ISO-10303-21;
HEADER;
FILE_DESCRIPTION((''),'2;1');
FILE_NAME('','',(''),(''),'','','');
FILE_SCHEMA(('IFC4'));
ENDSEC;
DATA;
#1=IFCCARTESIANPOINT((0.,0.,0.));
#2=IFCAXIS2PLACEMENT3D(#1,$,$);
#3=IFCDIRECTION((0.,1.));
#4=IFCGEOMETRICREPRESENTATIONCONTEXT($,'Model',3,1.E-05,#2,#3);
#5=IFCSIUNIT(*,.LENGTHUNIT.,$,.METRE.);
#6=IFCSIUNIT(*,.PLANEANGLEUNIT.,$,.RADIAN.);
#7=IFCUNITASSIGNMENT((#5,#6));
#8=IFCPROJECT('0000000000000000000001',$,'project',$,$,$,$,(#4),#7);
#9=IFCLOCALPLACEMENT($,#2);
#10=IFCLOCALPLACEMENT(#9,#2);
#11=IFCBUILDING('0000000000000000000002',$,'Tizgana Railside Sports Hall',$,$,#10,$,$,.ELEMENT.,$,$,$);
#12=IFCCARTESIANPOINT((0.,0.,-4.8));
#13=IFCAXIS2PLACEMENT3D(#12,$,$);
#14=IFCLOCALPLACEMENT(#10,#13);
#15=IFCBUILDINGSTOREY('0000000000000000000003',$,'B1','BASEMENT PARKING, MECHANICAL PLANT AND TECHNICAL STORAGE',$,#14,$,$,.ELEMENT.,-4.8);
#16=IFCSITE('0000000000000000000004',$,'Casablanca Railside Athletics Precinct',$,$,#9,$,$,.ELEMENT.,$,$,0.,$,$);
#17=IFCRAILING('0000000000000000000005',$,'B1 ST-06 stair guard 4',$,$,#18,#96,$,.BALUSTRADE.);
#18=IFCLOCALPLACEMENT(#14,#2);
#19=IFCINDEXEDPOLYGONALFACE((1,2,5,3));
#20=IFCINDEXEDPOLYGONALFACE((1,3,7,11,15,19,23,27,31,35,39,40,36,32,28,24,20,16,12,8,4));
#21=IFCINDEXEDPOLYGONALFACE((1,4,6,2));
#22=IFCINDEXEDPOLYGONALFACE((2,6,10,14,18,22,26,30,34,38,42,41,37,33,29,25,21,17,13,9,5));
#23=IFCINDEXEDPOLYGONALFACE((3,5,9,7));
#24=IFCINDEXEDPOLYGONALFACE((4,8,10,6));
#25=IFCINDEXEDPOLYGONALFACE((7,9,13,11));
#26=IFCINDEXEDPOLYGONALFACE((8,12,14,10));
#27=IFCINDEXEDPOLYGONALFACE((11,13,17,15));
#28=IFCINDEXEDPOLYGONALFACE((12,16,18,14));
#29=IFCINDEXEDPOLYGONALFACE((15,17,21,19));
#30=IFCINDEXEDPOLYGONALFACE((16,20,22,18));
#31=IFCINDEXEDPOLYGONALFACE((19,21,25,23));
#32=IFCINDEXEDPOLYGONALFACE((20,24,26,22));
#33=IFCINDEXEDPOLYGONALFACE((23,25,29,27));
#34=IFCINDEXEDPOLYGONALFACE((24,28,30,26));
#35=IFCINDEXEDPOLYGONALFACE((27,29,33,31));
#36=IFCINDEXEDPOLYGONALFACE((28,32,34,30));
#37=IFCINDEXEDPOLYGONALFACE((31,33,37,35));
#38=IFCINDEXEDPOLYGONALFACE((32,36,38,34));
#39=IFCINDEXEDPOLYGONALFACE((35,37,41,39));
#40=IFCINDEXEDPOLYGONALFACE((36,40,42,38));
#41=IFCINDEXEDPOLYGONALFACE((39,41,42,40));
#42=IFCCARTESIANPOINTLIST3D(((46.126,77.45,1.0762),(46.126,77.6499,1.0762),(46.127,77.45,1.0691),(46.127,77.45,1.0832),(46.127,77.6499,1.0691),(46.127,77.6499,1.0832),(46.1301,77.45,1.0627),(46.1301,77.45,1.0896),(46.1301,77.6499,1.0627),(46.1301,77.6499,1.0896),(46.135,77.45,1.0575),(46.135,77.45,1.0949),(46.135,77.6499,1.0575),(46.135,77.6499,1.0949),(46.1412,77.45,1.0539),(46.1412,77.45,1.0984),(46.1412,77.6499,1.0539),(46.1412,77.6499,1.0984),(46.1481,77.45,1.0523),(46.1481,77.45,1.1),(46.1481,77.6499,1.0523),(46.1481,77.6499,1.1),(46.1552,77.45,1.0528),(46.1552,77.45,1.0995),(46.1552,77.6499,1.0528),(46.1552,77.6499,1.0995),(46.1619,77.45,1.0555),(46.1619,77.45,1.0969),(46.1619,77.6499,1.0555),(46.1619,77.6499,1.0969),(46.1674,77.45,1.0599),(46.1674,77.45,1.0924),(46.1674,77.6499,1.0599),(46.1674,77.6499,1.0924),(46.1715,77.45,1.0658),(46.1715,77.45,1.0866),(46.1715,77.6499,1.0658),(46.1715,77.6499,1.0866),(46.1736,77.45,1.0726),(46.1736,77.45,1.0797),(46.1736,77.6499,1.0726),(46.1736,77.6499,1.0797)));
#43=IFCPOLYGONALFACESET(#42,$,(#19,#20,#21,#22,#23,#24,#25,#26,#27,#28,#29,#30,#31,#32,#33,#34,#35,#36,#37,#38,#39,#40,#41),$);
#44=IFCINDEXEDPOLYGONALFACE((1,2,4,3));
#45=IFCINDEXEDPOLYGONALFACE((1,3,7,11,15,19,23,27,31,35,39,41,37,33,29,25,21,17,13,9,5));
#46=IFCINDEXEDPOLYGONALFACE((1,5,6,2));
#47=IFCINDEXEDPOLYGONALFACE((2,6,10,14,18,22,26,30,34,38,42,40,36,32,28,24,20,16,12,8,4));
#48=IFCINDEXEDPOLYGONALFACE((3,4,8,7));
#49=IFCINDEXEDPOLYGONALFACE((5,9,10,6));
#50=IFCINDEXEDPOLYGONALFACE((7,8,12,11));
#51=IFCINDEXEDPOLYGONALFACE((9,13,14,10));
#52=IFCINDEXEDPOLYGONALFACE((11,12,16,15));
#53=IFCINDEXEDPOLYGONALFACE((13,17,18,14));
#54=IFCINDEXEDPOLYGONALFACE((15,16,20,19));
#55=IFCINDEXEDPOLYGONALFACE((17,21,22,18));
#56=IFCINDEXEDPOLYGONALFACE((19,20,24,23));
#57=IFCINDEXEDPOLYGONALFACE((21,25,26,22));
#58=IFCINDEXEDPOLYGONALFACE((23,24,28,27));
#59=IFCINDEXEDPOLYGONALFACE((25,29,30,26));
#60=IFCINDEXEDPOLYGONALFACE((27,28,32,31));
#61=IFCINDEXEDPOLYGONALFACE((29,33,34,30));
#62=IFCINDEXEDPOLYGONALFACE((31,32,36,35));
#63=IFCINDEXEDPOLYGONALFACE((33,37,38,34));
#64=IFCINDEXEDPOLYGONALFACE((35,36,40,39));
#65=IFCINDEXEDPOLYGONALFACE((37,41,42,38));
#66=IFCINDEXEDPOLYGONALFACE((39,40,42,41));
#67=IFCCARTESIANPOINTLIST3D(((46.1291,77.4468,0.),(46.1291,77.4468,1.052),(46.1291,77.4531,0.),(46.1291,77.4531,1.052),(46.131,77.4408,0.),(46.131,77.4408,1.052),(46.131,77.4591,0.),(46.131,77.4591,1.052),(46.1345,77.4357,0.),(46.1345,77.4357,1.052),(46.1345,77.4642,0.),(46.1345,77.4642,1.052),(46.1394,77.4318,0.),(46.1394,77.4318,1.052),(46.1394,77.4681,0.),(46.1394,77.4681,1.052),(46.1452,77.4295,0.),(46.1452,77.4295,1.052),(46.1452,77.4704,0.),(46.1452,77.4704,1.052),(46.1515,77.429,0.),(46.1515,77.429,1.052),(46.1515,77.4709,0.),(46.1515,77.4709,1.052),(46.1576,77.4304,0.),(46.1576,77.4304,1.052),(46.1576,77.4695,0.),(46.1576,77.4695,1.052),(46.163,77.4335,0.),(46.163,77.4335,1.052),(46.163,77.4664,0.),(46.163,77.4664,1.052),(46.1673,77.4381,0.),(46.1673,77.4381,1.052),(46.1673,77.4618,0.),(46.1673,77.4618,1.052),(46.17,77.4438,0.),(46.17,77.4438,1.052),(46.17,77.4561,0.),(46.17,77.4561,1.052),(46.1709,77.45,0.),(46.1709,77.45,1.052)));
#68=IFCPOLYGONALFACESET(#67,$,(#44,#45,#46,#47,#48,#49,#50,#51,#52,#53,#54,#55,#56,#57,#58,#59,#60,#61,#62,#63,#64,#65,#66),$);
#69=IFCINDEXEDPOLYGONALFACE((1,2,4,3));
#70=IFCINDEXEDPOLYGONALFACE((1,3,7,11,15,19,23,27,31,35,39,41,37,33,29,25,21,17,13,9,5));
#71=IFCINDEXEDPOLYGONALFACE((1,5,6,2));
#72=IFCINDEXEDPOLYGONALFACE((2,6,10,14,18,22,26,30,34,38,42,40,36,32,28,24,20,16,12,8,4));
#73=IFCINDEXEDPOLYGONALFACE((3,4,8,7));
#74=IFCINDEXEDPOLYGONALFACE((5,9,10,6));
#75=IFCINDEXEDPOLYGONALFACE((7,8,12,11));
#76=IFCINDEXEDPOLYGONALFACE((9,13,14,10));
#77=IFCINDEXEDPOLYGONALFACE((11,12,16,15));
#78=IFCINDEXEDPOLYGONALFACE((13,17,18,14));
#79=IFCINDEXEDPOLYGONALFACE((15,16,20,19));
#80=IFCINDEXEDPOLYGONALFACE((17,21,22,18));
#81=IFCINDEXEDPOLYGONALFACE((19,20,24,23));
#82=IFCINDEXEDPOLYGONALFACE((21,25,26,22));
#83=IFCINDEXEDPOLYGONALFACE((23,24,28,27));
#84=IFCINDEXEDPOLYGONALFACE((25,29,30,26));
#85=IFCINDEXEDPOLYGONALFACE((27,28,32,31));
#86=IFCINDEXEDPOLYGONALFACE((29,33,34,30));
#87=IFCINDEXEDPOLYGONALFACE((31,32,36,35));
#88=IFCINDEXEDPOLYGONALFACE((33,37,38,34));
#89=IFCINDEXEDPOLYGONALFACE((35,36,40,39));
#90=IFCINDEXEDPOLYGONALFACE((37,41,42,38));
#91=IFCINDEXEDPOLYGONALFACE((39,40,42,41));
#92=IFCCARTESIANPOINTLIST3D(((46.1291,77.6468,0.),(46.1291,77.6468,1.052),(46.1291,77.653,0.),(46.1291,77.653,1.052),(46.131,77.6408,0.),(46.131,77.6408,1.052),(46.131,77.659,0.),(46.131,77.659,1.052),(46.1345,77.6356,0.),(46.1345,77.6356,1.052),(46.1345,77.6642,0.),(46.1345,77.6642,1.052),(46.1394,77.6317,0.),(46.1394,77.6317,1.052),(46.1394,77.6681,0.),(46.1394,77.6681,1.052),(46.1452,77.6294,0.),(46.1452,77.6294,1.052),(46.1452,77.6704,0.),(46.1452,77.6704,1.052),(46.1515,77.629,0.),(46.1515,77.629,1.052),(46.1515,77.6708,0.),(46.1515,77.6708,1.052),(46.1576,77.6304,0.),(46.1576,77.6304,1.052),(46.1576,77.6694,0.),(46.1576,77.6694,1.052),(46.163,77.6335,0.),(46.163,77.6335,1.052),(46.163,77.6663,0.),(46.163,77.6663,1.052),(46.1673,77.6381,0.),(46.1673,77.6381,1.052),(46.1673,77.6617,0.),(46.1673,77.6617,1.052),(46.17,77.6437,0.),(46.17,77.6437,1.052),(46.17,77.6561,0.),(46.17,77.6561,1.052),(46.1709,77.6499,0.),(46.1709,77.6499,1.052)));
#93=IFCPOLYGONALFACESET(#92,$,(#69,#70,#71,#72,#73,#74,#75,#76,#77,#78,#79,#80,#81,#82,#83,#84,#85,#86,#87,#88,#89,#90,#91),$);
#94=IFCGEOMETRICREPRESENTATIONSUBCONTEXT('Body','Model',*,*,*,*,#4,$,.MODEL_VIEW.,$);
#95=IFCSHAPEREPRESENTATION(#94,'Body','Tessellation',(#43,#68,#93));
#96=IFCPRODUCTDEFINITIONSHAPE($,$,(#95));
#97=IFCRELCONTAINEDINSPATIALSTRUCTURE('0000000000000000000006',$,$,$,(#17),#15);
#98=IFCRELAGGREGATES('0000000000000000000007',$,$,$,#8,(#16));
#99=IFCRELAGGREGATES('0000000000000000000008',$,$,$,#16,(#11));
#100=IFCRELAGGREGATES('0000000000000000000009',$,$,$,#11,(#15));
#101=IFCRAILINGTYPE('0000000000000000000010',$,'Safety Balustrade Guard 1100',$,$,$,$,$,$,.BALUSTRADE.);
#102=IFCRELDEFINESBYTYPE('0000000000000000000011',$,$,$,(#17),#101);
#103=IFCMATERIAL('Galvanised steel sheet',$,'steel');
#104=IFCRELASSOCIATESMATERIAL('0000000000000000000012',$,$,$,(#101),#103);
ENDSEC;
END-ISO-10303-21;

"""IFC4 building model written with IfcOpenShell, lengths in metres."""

from ifc_helpers import new_model, si_unit, direction, frame, origin, origin_2d, place, context, subcontext, project, spatial, circle, extrude, material, type_object, element, save


model = new_model("IFC4")

# Units and contexts
model_context = context("Model", 3, precision=1e-05, world=origin(), true_north=direction((0.0, 1.0)))
body_context = subcontext(model_context, "Body", "Model", "MODEL_VIEW")
ifc_project = project(units=[si_unit("LENGTHUNIT", "METRE"), si_unit("PLANEANGLEUNIT", "RADIAN")], contexts=[model_context])

# Site, building, storey
site_placement = place(None, origin())
site = spatial("IfcSite", under=ifc_project, at=site_placement, Name="Casablanca Railside Athletics Precinct", CompositionType="ELEMENT", RefElevation=0.0)
building_placement = place(site_placement, origin())
building = spatial("IfcBuilding", under=site, at=building_placement, Name="Tizgana Railside Sports Hall", CompositionType="ELEMENT")
storey_placement = place(building_placement, frame((0.0, 0.0, -4.8)))
storey = spatial("IfcBuildingStorey", under=building, at=storey_placement, Name="B1", Description="BASEMENT PARKING, MECHANICAL PLANT AND TECHNICAL STORAGE", CompositionType="ELEMENT", Elevation=-4.8)

# Railing
ifc_material_1 = material(Name="Galvanised steel sheet", Category="steel")
railing_type_1 = type_object("IfcRailingType", Name="Safety Balustrade Guard 1100", PredefinedType="BALUSTRADE", material=ifc_material_1)
railing_1_placement = place(storey_placement, frame((46.1499, 77.45, 0.0)))
element("IfcRailing", 1, at=railing_1_placement, inside=storey, type_object=railing_type_1, Name="B1 ST-06 stair guard 4", PredefinedType="BALUSTRADE", context=body_context, shape_type="SweptSolid", body=[
    extrude(circle(Radius=0.0239, at=origin_2d()), frame((0.0, 0.0, 1.0762), z_axis=(0.0, 1.0, 0.0), x_axis=(-1.0, 0.0, 0.0)), (0.0, 0.0, 1.0), 0.2),
    extrude(circle(Radius=0.021, at=origin_2d()), origin(), (0.0, 0.0, 1.0), 1.052),
    extrude(circle(Radius=0.021, at=origin_2d()), frame((0.0, 0.2, 0.0)), (0.0, 0.0, 1.0), 1.052),
])

save(model, "model.ifc")
